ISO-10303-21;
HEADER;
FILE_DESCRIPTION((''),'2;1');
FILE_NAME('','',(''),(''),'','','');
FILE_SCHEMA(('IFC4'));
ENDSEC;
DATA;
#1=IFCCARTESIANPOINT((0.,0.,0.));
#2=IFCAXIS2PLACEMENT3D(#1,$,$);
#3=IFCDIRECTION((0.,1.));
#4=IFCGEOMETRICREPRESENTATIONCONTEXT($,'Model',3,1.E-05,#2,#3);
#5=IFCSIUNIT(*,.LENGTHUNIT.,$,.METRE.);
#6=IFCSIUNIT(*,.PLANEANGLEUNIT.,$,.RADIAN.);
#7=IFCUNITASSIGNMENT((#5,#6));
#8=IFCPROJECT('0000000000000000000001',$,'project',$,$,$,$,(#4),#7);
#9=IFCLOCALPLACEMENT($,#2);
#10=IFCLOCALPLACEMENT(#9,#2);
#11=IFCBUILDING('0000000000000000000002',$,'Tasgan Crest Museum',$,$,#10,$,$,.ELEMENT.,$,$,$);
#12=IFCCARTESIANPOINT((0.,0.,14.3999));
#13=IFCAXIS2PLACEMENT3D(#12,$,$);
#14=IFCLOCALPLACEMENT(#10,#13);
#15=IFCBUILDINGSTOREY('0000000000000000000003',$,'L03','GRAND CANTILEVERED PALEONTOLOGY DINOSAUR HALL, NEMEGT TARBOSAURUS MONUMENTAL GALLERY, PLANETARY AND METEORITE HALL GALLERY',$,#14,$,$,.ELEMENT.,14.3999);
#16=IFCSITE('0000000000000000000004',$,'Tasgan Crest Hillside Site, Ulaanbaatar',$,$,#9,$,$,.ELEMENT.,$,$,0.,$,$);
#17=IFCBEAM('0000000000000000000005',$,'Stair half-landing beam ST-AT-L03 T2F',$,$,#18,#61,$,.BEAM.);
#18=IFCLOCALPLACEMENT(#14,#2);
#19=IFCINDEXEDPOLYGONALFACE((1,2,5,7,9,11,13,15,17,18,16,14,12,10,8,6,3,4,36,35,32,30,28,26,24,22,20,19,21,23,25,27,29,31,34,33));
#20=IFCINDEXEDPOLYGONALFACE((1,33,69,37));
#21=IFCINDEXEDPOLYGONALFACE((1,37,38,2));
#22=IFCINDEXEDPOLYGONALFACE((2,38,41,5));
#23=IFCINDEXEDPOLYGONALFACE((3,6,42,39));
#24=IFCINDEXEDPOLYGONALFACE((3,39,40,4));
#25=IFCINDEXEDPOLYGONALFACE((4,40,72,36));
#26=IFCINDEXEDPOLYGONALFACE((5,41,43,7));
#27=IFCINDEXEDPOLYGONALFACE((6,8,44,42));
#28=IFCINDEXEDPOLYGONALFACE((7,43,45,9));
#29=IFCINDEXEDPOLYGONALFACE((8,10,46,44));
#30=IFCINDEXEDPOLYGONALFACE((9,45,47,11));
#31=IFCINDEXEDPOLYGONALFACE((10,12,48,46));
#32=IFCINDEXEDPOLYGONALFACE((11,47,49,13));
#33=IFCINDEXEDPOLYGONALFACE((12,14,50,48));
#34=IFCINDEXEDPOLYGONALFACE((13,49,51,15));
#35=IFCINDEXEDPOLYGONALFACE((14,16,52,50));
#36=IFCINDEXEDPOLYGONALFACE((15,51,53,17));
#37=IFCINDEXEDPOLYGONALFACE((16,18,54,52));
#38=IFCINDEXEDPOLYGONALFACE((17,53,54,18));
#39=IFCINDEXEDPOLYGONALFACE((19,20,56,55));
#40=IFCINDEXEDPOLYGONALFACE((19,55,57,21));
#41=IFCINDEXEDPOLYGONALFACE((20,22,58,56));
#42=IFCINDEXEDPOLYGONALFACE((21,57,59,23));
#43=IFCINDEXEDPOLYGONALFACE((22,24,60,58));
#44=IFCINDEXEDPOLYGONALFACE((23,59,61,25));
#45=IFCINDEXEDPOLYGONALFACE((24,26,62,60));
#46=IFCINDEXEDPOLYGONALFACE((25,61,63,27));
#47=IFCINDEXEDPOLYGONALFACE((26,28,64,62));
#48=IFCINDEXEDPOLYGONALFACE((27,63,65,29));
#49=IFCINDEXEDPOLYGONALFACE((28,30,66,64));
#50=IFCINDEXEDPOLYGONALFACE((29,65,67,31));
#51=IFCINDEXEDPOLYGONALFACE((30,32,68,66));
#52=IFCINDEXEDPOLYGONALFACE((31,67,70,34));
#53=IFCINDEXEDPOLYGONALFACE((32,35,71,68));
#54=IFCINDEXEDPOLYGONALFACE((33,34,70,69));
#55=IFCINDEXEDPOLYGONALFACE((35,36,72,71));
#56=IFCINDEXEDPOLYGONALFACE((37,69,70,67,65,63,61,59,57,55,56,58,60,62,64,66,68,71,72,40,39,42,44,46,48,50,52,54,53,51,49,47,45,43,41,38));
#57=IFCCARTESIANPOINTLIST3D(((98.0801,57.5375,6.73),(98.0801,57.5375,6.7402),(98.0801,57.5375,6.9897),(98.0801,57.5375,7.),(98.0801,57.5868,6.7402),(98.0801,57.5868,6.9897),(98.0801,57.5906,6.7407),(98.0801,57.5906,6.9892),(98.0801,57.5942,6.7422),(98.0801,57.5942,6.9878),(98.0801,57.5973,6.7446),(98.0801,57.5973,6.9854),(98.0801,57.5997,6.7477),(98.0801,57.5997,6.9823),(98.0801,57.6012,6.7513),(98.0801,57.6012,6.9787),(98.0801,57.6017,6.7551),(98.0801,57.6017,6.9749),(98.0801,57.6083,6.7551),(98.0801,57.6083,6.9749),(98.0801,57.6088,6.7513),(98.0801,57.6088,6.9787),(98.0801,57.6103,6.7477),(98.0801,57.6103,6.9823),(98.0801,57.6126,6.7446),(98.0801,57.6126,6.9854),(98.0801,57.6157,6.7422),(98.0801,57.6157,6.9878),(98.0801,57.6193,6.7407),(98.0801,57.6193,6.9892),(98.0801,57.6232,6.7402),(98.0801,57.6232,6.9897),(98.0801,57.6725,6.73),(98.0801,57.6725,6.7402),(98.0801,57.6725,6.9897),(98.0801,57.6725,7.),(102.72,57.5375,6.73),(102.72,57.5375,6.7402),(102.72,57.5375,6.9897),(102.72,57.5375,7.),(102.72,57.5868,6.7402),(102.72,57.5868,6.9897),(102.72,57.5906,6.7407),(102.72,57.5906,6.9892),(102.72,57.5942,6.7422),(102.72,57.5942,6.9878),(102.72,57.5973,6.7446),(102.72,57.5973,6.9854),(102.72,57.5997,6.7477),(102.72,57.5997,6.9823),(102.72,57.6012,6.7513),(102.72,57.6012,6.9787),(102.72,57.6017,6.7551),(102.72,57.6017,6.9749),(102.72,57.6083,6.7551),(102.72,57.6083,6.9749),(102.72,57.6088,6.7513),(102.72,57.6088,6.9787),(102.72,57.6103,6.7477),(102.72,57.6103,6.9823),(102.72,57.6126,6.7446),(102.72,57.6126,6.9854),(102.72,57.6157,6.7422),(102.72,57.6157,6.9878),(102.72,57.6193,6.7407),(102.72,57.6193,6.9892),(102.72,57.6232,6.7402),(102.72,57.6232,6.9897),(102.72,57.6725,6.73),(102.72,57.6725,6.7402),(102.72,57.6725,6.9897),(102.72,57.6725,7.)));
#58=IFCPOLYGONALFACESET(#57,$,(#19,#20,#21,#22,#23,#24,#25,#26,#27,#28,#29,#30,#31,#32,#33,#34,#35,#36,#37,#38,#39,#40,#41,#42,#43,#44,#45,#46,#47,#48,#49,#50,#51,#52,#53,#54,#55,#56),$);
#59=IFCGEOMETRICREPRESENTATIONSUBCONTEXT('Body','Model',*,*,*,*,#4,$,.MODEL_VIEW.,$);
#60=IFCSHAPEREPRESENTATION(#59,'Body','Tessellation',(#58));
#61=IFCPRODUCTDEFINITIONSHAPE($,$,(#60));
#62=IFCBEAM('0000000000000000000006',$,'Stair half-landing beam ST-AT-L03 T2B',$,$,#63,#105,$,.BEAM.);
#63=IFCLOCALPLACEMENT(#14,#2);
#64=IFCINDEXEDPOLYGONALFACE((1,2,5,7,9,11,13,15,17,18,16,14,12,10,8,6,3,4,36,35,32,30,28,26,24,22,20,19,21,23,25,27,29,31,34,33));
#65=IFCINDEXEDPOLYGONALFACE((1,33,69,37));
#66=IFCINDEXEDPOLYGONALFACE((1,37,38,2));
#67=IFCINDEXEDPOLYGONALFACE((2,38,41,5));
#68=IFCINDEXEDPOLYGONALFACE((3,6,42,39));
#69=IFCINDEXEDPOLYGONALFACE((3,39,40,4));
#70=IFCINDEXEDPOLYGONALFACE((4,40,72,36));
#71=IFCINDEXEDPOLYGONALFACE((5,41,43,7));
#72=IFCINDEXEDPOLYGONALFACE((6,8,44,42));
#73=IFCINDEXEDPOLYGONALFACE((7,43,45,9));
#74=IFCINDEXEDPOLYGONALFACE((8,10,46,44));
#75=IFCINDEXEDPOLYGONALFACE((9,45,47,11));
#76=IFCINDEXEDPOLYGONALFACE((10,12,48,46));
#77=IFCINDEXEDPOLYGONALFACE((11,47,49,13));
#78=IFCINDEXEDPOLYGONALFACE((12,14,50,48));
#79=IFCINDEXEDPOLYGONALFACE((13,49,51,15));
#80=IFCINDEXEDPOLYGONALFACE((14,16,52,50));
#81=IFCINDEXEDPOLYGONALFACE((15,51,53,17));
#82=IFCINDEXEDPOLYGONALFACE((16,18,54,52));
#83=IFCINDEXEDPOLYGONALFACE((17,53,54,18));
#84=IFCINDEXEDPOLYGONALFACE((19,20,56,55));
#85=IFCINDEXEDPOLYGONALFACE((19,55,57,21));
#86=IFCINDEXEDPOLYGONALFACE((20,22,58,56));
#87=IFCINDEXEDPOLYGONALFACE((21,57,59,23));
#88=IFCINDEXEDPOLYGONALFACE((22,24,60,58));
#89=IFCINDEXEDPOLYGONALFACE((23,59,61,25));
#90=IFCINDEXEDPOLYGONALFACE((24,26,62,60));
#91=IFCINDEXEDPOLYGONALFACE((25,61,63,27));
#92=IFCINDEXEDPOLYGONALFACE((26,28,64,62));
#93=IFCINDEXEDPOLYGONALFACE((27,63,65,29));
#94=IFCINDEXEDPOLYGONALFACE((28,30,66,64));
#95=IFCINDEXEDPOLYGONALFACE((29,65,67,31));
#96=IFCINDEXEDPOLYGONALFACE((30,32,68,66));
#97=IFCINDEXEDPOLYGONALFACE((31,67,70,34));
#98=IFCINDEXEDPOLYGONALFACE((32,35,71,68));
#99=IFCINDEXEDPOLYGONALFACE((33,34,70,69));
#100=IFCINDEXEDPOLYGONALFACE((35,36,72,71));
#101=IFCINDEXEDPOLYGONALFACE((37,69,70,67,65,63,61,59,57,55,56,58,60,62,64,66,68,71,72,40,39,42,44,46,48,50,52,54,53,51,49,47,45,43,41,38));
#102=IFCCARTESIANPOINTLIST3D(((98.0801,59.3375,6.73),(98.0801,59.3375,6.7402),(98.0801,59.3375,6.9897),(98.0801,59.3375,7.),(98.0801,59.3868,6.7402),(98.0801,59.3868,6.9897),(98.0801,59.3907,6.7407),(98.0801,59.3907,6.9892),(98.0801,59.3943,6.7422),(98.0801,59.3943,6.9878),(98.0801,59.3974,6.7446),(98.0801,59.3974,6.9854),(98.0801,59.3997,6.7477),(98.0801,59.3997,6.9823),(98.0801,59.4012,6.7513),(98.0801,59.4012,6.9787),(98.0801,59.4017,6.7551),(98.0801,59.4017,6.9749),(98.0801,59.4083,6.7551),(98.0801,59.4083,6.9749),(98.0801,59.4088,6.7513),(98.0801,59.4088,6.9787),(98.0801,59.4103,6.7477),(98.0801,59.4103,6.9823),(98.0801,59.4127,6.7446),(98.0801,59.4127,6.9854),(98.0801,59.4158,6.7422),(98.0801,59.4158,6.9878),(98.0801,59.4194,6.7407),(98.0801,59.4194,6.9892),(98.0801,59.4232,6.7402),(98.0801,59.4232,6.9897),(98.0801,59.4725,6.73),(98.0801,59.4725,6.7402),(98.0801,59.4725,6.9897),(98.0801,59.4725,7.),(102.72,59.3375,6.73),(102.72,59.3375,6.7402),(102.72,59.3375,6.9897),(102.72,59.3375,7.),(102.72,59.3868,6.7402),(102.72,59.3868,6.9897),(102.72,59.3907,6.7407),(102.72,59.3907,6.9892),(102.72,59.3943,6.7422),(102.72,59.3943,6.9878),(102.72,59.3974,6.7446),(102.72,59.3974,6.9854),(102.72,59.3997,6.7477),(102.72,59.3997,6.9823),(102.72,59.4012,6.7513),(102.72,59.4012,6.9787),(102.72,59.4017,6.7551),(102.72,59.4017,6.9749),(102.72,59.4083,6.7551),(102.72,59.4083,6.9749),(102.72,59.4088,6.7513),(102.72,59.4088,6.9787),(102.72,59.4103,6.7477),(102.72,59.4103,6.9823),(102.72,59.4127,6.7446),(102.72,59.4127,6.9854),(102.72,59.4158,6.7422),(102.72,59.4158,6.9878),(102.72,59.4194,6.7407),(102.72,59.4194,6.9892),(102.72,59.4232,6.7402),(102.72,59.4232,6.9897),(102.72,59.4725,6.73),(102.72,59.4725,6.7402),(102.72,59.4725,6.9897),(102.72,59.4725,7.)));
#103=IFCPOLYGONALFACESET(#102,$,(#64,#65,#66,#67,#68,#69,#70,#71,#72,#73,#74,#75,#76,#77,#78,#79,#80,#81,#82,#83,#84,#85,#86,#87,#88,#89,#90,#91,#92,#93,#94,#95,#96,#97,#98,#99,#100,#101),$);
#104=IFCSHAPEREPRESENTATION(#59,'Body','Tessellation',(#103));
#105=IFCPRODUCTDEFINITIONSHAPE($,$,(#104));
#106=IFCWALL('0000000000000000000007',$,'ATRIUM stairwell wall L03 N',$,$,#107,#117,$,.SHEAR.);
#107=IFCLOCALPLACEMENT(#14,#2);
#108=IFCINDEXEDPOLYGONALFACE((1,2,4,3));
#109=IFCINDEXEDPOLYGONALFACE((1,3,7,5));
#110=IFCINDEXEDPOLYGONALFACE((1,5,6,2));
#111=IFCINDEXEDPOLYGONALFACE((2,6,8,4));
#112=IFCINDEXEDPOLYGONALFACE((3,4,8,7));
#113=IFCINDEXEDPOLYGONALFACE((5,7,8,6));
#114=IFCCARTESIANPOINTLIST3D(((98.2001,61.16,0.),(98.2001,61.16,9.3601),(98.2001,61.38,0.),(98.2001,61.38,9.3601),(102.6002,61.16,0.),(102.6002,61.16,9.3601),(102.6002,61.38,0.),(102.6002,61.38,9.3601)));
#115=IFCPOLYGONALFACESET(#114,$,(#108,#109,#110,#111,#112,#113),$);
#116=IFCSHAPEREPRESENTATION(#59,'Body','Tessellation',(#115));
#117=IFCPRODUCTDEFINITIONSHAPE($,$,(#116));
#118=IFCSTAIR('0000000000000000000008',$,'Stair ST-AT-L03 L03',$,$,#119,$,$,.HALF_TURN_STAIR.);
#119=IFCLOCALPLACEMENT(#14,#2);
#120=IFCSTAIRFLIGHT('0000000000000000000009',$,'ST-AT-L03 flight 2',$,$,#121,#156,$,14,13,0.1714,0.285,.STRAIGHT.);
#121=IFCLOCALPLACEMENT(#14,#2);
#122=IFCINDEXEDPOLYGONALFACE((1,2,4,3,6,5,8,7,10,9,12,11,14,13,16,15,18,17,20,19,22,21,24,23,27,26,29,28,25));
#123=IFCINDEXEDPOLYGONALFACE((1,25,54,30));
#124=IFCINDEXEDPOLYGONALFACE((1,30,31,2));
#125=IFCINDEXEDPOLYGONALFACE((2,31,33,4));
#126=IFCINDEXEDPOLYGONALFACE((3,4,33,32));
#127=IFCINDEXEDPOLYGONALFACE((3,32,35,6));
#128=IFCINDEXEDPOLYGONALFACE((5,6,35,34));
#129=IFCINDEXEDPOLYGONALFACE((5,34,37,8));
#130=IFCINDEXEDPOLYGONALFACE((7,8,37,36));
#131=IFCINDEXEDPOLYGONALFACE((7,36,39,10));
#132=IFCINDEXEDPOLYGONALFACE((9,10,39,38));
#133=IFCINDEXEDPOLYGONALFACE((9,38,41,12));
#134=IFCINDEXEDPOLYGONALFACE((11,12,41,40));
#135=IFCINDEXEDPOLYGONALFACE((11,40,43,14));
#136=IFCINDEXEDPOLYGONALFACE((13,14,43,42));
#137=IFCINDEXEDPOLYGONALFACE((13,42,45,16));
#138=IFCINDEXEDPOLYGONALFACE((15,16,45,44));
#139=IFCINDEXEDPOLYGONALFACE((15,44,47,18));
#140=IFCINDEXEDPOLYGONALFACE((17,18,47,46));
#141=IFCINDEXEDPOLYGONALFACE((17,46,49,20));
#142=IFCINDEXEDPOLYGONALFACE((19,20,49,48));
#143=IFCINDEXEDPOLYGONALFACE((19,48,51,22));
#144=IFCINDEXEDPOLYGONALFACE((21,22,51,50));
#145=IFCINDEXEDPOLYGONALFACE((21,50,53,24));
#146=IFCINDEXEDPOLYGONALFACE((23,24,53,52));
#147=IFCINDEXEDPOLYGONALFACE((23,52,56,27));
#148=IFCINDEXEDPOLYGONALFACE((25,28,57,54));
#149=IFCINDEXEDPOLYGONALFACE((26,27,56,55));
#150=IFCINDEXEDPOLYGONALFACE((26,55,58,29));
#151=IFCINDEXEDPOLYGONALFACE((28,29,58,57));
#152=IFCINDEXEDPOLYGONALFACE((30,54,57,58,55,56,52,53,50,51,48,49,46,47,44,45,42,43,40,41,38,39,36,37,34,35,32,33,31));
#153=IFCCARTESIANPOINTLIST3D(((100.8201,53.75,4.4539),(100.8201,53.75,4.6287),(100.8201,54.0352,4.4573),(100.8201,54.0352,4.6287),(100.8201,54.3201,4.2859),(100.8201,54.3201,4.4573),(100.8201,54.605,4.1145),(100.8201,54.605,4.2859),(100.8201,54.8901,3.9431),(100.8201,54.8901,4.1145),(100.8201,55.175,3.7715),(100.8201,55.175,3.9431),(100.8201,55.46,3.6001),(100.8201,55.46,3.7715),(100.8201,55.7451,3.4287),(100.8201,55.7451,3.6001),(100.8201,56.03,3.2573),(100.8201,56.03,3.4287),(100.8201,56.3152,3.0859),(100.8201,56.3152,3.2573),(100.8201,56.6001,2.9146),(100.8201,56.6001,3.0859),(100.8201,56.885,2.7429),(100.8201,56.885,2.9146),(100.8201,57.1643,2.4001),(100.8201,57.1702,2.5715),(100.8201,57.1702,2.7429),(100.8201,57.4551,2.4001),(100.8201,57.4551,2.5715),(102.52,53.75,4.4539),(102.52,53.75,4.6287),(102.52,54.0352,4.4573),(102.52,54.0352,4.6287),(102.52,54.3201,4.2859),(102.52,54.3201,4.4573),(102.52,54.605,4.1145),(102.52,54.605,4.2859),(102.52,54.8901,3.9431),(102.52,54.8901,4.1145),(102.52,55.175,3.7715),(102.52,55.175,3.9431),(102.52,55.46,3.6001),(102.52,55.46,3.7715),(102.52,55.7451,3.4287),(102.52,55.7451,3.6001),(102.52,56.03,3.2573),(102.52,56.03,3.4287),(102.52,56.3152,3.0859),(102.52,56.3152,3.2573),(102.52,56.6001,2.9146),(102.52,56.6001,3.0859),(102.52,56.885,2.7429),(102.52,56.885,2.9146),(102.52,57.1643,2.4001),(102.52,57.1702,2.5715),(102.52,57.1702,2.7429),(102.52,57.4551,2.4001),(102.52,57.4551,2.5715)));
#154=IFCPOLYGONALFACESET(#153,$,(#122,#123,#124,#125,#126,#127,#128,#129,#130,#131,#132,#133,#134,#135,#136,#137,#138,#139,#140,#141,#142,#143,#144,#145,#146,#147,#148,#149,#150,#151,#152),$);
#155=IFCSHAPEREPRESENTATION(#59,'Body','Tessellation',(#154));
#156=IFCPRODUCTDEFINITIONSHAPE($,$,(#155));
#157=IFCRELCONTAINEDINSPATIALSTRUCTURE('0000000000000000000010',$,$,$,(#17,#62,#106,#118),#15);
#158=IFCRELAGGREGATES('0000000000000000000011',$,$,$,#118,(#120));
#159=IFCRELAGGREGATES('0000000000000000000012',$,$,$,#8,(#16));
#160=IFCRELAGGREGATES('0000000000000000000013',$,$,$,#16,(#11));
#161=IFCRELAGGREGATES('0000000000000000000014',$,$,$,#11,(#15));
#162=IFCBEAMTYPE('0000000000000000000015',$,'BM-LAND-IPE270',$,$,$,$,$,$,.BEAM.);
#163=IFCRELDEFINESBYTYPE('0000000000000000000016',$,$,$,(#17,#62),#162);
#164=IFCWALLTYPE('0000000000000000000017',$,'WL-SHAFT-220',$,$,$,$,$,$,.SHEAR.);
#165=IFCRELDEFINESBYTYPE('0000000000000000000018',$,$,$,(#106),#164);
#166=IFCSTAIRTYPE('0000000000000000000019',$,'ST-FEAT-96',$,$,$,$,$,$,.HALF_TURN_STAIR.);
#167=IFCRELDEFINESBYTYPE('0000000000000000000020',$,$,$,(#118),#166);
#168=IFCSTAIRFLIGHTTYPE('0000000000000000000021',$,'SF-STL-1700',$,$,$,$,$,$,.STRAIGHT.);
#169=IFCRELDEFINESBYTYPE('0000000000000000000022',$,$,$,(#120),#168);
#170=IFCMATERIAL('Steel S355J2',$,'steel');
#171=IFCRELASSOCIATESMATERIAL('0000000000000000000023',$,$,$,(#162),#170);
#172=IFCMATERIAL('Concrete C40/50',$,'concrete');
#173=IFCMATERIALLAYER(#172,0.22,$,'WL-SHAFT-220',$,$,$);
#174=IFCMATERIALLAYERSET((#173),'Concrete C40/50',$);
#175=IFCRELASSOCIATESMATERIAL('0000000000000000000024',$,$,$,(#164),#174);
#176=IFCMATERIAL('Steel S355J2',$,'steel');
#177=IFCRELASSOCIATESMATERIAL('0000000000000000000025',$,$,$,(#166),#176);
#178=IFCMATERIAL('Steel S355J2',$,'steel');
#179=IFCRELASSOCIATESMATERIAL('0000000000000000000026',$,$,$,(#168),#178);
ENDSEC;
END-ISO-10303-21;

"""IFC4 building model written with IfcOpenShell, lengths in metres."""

from ifc_helpers import new_model, si_unit, direction, frame, frame_2d, origin, origin_2d, place, context, subcontext, project, spatial, polyline, rectangle, i_section, outline, extrude, material, layer, layer_set, material_profile, profile_set, type_object, element, aggregate, save


model = new_model("IFC4")

# Units and contexts
model_context = context("Model", 3, precision=1e-05, world=origin(), true_north=direction((0.0, 1.0)))
body_context = subcontext(model_context, "Body", "Model", "MODEL_VIEW")
ifc_project = project(units=[si_unit("LENGTHUNIT", "METRE"), si_unit("PLANEANGLEUNIT", "RADIAN")], contexts=[model_context])

# Site, building, storey
site_placement = place(None, origin())
site = spatial("IfcSite", under=ifc_project, at=site_placement, Name="Tasgan Crest Hillside Site, Ulaanbaatar", CompositionType="ELEMENT", RefElevation=0.0)
building_placement = place(site_placement, origin())
building = spatial("IfcBuilding", under=site, at=building_placement, Name="Tasgan Crest Museum", CompositionType="ELEMENT")
storey_placement = place(building_placement, frame((0.0, 0.0, 14.3999)))
storey = spatial("IfcBuildingStorey", under=building, at=storey_placement, Name="L03", Description="GRAND CANTILEVERED PALEONTOLOGY DINOSAUR HALL, NEMEGT TARBOSAURUS MONUMENTAL GALLERY, PLANETARY AND METEORITE HALL GALLERY", CompositionType="ELEMENT", Elevation=14.3999)

# Beams
ifc_material_1 = material(Name="Steel S355J2", Category="steel")
ifc_material_profile_1 = material_profile(ifc_material_1, i_section(OverallWidth=0.135, OverallDepth=0.27, WebThickness=0.0066, FlangeThickness=0.0103, FilletRadius=0.0149, at=origin_2d()), Name="IPE 270")
ifc_profile_set_1 = profile_set([ifc_material_profile_1], Name="Steel S355J2")
beam_type_1 = type_object("IfcBeamType", Name="BM-LAND-IPE270", PredefinedType="BEAM", material=ifc_profile_set_1)
for number, where, z_axis, x_axis, name in (
    (1, (98.0801, 57.605, 6.865), (1.0, 0.0, 0.0), (0.0, 1.0, 0.0), "Stair half-landing beam ST-AT-L03 T2F"),
    (2, (98.0801, 59.405, 6.865), (1.0, 0.0, 0.0), (0.0, 1.0, 0.0), "Stair half-landing beam ST-AT-L03 T2B"),
):
    element("IfcBeam", number, at=place(storey_placement, frame(where, z_axis=z_axis, x_axis=x_axis)), inside=storey, type_object=beam_type_1, Name=name, PredefinedType="BEAM", context=body_context, shape_type="SweptSolid", body=[
        extrude(i_section(OverallWidth=0.135, OverallDepth=0.27, WebThickness=0.0066, FlangeThickness=0.0103, FilletRadius=0.0149, at=origin_2d()), origin(), (0.0, 0.0, 1.0), 4.6399),
    ])

# Wall
ifc_material_2 = material(Name="Concrete C40/50", Category="concrete")
ifc_layer = layer(ifc_material_2, 0.22, Name="WL-SHAFT-220")
ifc_layer_set = layer_set([ifc_layer], Name="Concrete C40/50")
wall_type = type_object("IfcWallType", Name="WL-SHAFT-220", PredefinedType="SHEAR", material=ifc_layer_set)
wall_placement = place(storey_placement, frame((98.2, 61.27, 0.0), z_axis=(0.0, 0.0, 1.0), x_axis=(1.0, 0.0, 0.0)))
element("IfcWall", 3, at=wall_placement, inside=storey, type_object=wall_type, Name="ATRIUM stairwell wall L03 N", PredefinedType="SHEAR", context=body_context, shape_type="SweptSolid", body=[
    extrude(rectangle(XDim=4.4001, YDim=0.22, at=frame_2d((2.2002, 0.0))), origin(), (0.0, 0.0, 1.0), 9.3601),
])

# Stair, stair flight
ifc_material_3 = material(Name="Steel S355J2", Category="steel")
stair_type = type_object("IfcStairType", Name="ST-FEAT-96", PredefinedType="HALF_TURN_STAIR", material=ifc_material_3)
stair_placement = place(storey_placement, origin())
stair = element("IfcStair", 4, at=stair_placement, inside=storey, type_object=stair_type, Name="Stair ST-AT-L03 L03", PredefinedType="HALF_TURN_STAIR")
ifc_material_4 = material(Name="Steel S355J2", Category="steel")
stair_flight_type = type_object("IfcStairFlightType", Name="SF-STL-1700", PredefinedType="STRAIGHT", material=ifc_material_4)
stair_flight_1_placement = place(storey_placement, frame((101.6699, 57.4551, 2.4001), z_axis=(0.0, 0.0, 1.0), x_axis=(0.0, -1.0, 0.0)))
stair_flight_1 = element("IfcStairFlight", 5, at=stair_flight_1_placement, type_object=stair_flight_type, Name="ST-AT-L03 flight 2", NumberOfRisers=14, NumberOfTreads=13, PredefinedType="STRAIGHT", RiserHeight=0.1714, TreadLength=0.285, context=body_context, shape_type="SweptSolid", body=[
    extrude(outline(polyline([(0.0, 0.0), (0.0, 0.1714), (0.2849, 0.1714), (0.2849, 0.3428), (0.5701, 0.3428), (0.5701, 0.5144), (0.855, 0.5144), (0.855, 0.6858), (1.1399, 0.6858), (1.1399, 0.8572), (1.425, 0.8572), (1.425, 1.0286), (1.71, 1.0286), (1.71, 1.2), (1.9951, 1.2), (1.9951, 1.3713), (2.28, 1.3713), (2.28, 1.543), (2.5649, 1.543), (2.5649, 1.7144), (2.8501, 1.7144), (2.8501, 1.8857), (3.135, 1.8857), (3.135, 2.0571), (3.4199, 2.0571), (3.4199, 2.2285), (3.7051, 2.2285), (3.7051, 2.3999), (3.7051, 2.0537), (0.2908, 0.0), (0.0, 0.0)])), frame((0.0, 0.8501, 0.0), z_axis=(0.0, -1.0, 0.0), x_axis=(1.0, 0.0, 0.0)), (0.0, 0.0, 1.0), 1.7),
])
aggregate(stair, [stair_flight_1])

save(model, "model.ifc")
